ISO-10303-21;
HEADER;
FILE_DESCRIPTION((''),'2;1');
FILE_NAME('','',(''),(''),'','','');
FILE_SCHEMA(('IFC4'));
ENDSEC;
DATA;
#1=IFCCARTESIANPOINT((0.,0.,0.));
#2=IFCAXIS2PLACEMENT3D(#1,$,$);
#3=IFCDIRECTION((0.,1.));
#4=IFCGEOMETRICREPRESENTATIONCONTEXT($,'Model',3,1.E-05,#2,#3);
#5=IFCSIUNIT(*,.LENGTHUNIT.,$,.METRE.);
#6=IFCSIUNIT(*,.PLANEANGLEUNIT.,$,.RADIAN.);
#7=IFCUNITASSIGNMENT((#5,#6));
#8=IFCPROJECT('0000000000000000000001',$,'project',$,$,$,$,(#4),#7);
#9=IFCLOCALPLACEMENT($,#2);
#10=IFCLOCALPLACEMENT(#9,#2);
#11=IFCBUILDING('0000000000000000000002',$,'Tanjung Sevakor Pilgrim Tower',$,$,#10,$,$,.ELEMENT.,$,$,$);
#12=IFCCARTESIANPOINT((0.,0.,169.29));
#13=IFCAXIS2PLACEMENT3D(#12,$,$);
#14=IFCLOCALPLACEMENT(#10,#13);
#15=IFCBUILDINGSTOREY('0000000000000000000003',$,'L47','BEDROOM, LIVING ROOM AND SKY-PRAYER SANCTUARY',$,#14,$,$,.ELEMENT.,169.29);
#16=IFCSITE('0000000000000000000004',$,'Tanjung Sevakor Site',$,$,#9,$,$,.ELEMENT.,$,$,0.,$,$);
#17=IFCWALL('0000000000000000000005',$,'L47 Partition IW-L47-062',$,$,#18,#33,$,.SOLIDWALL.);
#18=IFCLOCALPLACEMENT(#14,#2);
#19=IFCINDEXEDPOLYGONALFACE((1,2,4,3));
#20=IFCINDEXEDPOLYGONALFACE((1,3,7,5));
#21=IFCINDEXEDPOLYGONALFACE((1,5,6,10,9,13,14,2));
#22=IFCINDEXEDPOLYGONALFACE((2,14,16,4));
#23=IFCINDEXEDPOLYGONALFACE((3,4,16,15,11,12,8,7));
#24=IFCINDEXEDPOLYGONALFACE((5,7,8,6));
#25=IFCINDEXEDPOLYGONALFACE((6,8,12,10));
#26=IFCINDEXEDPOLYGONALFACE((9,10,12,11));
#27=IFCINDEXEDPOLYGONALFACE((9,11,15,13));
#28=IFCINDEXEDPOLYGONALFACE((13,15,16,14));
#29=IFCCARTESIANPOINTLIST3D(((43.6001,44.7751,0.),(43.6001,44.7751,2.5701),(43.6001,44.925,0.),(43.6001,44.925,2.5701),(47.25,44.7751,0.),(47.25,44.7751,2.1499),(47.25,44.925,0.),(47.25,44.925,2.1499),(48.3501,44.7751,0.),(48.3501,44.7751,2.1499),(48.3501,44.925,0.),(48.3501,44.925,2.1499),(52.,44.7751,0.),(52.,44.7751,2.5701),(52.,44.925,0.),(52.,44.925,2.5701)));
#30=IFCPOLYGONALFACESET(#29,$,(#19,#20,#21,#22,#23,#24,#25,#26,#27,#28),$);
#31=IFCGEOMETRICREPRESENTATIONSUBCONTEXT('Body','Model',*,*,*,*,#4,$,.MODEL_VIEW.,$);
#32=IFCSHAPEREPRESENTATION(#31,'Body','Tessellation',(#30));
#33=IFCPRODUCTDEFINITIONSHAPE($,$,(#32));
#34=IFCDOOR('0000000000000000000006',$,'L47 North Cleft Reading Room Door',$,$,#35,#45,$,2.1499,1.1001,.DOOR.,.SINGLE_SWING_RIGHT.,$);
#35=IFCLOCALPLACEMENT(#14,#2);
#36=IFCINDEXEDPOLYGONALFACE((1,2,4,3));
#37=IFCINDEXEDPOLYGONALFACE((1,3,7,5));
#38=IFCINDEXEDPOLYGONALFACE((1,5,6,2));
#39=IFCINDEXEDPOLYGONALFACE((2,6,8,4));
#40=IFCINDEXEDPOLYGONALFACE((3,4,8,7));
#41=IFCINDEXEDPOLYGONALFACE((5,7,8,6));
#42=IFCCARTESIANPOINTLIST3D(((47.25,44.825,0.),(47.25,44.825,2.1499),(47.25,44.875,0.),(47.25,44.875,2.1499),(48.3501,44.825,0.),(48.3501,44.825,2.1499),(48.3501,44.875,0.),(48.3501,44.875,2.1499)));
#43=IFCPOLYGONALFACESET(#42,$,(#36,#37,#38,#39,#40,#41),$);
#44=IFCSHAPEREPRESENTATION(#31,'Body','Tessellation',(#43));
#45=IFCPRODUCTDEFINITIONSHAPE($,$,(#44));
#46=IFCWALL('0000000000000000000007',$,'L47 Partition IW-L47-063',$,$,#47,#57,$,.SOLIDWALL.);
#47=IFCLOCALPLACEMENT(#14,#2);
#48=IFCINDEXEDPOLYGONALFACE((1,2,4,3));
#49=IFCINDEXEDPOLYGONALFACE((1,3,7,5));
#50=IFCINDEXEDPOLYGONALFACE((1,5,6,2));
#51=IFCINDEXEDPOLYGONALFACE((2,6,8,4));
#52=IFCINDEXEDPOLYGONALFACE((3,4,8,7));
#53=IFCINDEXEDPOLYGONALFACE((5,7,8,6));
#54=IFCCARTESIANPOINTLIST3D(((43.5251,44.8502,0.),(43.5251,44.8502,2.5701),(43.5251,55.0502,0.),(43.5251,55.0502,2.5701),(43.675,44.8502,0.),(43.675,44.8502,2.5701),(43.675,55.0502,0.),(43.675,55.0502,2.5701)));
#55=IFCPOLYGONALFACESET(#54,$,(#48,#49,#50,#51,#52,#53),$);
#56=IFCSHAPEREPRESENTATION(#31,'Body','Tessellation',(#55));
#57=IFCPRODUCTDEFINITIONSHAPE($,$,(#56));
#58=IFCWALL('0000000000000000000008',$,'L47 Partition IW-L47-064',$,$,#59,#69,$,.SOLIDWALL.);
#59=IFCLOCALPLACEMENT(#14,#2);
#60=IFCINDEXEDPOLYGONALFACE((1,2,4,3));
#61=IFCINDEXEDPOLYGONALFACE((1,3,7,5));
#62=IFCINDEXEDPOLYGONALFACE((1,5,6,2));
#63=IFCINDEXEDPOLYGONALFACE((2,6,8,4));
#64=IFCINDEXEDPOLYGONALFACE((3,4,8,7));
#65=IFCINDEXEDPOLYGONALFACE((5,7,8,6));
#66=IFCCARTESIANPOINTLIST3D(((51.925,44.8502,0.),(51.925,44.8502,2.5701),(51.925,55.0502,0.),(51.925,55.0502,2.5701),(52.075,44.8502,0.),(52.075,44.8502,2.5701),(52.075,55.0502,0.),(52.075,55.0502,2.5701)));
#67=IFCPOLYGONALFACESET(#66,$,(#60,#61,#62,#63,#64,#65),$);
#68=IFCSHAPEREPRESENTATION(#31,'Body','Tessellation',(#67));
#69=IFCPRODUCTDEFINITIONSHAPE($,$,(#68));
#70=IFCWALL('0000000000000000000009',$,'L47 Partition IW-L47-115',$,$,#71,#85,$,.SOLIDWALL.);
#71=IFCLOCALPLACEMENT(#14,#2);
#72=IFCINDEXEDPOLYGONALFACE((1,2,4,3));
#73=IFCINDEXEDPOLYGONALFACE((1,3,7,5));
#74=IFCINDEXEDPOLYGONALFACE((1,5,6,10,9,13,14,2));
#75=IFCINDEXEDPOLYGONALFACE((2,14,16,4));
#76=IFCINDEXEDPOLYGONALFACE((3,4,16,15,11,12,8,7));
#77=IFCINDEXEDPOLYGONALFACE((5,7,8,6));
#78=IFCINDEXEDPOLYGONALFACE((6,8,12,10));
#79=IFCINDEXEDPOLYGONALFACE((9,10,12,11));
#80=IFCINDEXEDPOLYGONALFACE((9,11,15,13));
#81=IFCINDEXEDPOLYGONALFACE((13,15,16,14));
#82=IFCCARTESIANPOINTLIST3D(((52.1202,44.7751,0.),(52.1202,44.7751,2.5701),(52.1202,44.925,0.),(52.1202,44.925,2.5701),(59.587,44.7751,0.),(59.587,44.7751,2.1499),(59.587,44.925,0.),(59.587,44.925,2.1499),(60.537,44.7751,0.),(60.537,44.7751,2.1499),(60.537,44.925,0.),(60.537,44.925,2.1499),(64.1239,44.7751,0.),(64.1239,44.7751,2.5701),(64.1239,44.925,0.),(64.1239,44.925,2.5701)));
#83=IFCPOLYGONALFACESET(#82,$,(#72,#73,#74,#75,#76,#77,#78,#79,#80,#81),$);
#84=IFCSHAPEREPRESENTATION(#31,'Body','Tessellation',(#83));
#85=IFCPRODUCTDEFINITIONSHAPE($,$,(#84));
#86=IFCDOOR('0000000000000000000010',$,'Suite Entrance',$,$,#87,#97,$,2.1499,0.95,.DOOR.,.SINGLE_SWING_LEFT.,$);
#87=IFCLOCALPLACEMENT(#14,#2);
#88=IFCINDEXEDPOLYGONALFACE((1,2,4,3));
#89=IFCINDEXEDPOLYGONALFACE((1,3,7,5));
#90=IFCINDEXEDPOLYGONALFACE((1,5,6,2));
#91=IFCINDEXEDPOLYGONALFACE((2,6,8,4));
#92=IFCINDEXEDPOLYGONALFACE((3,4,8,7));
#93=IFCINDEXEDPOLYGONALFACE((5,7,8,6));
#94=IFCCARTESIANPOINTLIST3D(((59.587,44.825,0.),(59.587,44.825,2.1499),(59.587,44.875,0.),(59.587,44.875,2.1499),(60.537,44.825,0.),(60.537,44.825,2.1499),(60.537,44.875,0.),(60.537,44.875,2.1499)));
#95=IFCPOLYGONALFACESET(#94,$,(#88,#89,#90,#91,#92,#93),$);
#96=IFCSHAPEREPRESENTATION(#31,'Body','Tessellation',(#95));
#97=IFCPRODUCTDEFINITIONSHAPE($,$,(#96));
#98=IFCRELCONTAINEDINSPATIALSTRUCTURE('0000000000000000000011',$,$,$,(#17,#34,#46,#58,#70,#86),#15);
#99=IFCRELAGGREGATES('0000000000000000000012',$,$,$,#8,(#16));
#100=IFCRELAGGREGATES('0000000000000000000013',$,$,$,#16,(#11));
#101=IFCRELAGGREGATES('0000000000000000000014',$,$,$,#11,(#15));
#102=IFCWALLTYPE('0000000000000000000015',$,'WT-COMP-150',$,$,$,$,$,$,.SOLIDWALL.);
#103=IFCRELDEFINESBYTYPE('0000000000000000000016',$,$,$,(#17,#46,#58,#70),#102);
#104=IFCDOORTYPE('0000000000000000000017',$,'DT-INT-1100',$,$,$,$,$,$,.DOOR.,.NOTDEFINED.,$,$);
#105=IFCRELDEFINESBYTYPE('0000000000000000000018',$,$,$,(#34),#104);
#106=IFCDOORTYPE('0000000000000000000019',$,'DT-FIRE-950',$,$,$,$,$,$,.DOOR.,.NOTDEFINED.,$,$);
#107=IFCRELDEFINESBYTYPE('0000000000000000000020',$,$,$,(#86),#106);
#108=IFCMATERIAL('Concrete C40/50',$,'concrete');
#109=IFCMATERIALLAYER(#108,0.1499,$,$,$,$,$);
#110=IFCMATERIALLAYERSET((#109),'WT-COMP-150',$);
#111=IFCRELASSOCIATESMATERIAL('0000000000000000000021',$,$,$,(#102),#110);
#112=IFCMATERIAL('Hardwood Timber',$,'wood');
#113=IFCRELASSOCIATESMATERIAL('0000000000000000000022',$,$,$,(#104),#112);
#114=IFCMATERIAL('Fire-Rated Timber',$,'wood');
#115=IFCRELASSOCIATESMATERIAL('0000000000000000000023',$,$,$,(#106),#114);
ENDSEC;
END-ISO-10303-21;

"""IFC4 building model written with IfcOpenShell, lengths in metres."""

from ifc_helpers import new_model, si_unit, direction, frame, frame_2d, origin, place, context, subcontext, project, spatial, rectangle, extrude, material, layer, layer_set, type_object, element, fill, save


model = new_model("IFC4")

# Units and contexts
model_context = context("Model", 3, precision=1e-05, world=origin(), true_north=direction((0.0, 1.0)))
body_context = subcontext(model_context, "Body", "Model", "MODEL_VIEW")
ifc_project = project(units=[si_unit("LENGTHUNIT", "METRE"), si_unit("PLANEANGLEUNIT", "RADIAN")], contexts=[model_context])

# Site, building, storey
site_placement = place(None, origin())
site = spatial("IfcSite", under=ifc_project, at=site_placement, Name="Tanjung Sevakor Site", CompositionType="ELEMENT", RefElevation=0.0)
building_placement = place(site_placement, origin())
building = spatial("IfcBuilding", under=site, at=building_placement, Name="Tanjung Sevakor Pilgrim Tower", CompositionType="ELEMENT")
storey_placement = place(building_placement, frame((0.0, 0.0, 169.29)))
storey = spatial("IfcBuildingStorey", under=building, at=storey_placement, Name="L47", Description="BEDROOM, LIVING ROOM AND SKY-PRAYER SANCTUARY", CompositionType="ELEMENT", Elevation=169.29)

# Shared definitions
ifc_material_1 = material(Name="Concrete C40/50", Category="concrete")
ifc_layer = layer(ifc_material_1, 0.1499)
ifc_layer_set = layer_set([ifc_layer], Name="WT-COMP-150")
wall_type = type_object("IfcWallType", Name="WT-COMP-150", PredefinedType="SOLIDWALL", material=ifc_layer_set)

# Wall, opening, door
wall_1_placement = place(storey_placement, frame((43.6001, 44.8501, 0.0), z_axis=(0.0, 0.0, 1.0), x_axis=(1.0, 0.0, 0.0)))
wall_1 = element("IfcWall", 1, at=wall_1_placement, inside=storey, type_object=wall_type, Name="L47 Partition IW-L47-062", PredefinedType="SOLIDWALL", context=body_context, shape_type="SweptSolid", body=[
    extrude(rectangle(XDim=8.3999, YDim=0.1499, at=frame_2d((4.2, 0.0))), origin(), (0.0, 0.0, 1.0), 2.5701),
])
opening_1_placement = place(wall_1_placement, frame((3.6499, 0.0, 0.0)))
opening_1 = element("IfcOpeningElement", 2, at=opening_1_placement, cuts=wall_1, PredefinedType="OPENING", context=body_context, shape_type="SweptSolid", body=[
    extrude(rectangle(XDim=1.1001, YDim=2.1499, at=frame_2d((0.55, 1.075))), frame((0.0, 0.085, 0.0), z_axis=(0.0, -1.0, 0.0), x_axis=(1.0, 0.0, 0.0)), (0.0, 0.0, 1.0), 0.1699),
])
ifc_material_2 = material(Name="Hardwood Timber", Category="wood")
door_type_1 = type_object("IfcDoorType", Name="DT-INT-1100", OperationType="NOTDEFINED", PredefinedType="DOOR", material=ifc_material_2)
door_1_placement = place(opening_1_placement, origin())
door_1 = element("IfcDoor", 3, at=door_1_placement, inside=storey, type_object=door_type_1, Name="L47 North Cleft Reading Room Door", OperationType="SINGLE_SWING_RIGHT", OverallHeight=2.1499, OverallWidth=1.1001, PredefinedType="DOOR", context=body_context, shape_type="SweptSolid", body=[
    extrude(rectangle(XDim=1.1001, YDim=2.1499, at=frame_2d((0.55, 1.075))), frame((0.0, 0.0249, 0.0), z_axis=(0.0, -1.0, 0.0), x_axis=(1.0, 0.0, 0.0)), (0.0, 0.0, 1.0), 0.05),
])
fill(opening_1, door_1)

# Walls
for number, where, z_axis, x_axis, name in (
    (4, (43.6001, 44.8501, 0.0), (0.0, 0.0, 1.0), (0.0, 1.0, 0.0), "L47 Partition IW-L47-063"),
    (5, (52.0, 44.8501, 0.0), (0.0, 0.0, 1.0), (0.0, 1.0, 0.0), "L47 Partition IW-L47-064"),
):
    element("IfcWall", number, at=place(storey_placement, frame(where, z_axis=z_axis, x_axis=x_axis)), inside=storey, type_object=wall_type, Name=name, PredefinedType="SOLIDWALL", context=body_context, shape_type="SweptSolid", body=[
        extrude(rectangle(XDim=10.2, YDim=0.1499, at=frame_2d((5.1001, 0.0))), origin(), (0.0, 0.0, 1.0), 2.5701),
    ])

# Wall, opening, door
wall_2_placement = place(storey_placement, frame((52.1201, 44.8501, 0.0), z_axis=(0.0, 0.0, 1.0), x_axis=(1.0, 0.0, 0.0)))
wall_2 = element("IfcWall", 6, at=wall_2_placement, inside=storey, type_object=wall_type, Name="L47 Partition IW-L47-115", PredefinedType="SOLIDWALL", context=body_context, shape_type="SweptSolid", body=[
    extrude(rectangle(XDim=12.0037, YDim=0.1499, at=frame_2d((6.002, 0.0))), origin(), (0.0, 0.0, 1.0), 2.5701),
])
opening_2_placement = place(wall_2_placement, frame((7.4668, 0.0, 0.0)))
opening_2 = element("IfcOpeningElement", 7, at=opening_2_placement, cuts=wall_2, PredefinedType="OPENING", context=body_context, shape_type="SweptSolid", body=[
    extrude(rectangle(XDim=0.95, YDim=2.1499, at=frame_2d((0.4751, 1.075))), frame((0.0, 0.085, 0.0), z_axis=(0.0, -1.0, 0.0), x_axis=(1.0, 0.0, 0.0)), (0.0, 0.0, 1.0), 0.1699),
])
ifc_material_3 = material(Name="Fire-Rated Timber", Category="wood")
door_type_2 = type_object("IfcDoorType", Name="DT-FIRE-950", OperationType="NOTDEFINED", PredefinedType="DOOR", material=ifc_material_3)
door_2_placement = place(opening_2_placement, origin())
door_2 = element("IfcDoor", 8, at=door_2_placement, inside=storey, type_object=door_type_2, Name="Suite Entrance", OperationType="SINGLE_SWING_LEFT", OverallHeight=2.1499, OverallWidth=0.95, PredefinedType="DOOR", context=body_context, shape_type="SweptSolid", body=[
    extrude(rectangle(XDim=0.95, YDim=2.1499, at=frame_2d((0.4751, 1.075))), frame((0.0, 0.0249, 0.0), z_axis=(0.0, -1.0, 0.0), x_axis=(1.0, 0.0, 0.0)), (0.0, 0.0, 1.0), 0.05),
])
fill(opening_2, door_2)

save(model, "model.ifc")
